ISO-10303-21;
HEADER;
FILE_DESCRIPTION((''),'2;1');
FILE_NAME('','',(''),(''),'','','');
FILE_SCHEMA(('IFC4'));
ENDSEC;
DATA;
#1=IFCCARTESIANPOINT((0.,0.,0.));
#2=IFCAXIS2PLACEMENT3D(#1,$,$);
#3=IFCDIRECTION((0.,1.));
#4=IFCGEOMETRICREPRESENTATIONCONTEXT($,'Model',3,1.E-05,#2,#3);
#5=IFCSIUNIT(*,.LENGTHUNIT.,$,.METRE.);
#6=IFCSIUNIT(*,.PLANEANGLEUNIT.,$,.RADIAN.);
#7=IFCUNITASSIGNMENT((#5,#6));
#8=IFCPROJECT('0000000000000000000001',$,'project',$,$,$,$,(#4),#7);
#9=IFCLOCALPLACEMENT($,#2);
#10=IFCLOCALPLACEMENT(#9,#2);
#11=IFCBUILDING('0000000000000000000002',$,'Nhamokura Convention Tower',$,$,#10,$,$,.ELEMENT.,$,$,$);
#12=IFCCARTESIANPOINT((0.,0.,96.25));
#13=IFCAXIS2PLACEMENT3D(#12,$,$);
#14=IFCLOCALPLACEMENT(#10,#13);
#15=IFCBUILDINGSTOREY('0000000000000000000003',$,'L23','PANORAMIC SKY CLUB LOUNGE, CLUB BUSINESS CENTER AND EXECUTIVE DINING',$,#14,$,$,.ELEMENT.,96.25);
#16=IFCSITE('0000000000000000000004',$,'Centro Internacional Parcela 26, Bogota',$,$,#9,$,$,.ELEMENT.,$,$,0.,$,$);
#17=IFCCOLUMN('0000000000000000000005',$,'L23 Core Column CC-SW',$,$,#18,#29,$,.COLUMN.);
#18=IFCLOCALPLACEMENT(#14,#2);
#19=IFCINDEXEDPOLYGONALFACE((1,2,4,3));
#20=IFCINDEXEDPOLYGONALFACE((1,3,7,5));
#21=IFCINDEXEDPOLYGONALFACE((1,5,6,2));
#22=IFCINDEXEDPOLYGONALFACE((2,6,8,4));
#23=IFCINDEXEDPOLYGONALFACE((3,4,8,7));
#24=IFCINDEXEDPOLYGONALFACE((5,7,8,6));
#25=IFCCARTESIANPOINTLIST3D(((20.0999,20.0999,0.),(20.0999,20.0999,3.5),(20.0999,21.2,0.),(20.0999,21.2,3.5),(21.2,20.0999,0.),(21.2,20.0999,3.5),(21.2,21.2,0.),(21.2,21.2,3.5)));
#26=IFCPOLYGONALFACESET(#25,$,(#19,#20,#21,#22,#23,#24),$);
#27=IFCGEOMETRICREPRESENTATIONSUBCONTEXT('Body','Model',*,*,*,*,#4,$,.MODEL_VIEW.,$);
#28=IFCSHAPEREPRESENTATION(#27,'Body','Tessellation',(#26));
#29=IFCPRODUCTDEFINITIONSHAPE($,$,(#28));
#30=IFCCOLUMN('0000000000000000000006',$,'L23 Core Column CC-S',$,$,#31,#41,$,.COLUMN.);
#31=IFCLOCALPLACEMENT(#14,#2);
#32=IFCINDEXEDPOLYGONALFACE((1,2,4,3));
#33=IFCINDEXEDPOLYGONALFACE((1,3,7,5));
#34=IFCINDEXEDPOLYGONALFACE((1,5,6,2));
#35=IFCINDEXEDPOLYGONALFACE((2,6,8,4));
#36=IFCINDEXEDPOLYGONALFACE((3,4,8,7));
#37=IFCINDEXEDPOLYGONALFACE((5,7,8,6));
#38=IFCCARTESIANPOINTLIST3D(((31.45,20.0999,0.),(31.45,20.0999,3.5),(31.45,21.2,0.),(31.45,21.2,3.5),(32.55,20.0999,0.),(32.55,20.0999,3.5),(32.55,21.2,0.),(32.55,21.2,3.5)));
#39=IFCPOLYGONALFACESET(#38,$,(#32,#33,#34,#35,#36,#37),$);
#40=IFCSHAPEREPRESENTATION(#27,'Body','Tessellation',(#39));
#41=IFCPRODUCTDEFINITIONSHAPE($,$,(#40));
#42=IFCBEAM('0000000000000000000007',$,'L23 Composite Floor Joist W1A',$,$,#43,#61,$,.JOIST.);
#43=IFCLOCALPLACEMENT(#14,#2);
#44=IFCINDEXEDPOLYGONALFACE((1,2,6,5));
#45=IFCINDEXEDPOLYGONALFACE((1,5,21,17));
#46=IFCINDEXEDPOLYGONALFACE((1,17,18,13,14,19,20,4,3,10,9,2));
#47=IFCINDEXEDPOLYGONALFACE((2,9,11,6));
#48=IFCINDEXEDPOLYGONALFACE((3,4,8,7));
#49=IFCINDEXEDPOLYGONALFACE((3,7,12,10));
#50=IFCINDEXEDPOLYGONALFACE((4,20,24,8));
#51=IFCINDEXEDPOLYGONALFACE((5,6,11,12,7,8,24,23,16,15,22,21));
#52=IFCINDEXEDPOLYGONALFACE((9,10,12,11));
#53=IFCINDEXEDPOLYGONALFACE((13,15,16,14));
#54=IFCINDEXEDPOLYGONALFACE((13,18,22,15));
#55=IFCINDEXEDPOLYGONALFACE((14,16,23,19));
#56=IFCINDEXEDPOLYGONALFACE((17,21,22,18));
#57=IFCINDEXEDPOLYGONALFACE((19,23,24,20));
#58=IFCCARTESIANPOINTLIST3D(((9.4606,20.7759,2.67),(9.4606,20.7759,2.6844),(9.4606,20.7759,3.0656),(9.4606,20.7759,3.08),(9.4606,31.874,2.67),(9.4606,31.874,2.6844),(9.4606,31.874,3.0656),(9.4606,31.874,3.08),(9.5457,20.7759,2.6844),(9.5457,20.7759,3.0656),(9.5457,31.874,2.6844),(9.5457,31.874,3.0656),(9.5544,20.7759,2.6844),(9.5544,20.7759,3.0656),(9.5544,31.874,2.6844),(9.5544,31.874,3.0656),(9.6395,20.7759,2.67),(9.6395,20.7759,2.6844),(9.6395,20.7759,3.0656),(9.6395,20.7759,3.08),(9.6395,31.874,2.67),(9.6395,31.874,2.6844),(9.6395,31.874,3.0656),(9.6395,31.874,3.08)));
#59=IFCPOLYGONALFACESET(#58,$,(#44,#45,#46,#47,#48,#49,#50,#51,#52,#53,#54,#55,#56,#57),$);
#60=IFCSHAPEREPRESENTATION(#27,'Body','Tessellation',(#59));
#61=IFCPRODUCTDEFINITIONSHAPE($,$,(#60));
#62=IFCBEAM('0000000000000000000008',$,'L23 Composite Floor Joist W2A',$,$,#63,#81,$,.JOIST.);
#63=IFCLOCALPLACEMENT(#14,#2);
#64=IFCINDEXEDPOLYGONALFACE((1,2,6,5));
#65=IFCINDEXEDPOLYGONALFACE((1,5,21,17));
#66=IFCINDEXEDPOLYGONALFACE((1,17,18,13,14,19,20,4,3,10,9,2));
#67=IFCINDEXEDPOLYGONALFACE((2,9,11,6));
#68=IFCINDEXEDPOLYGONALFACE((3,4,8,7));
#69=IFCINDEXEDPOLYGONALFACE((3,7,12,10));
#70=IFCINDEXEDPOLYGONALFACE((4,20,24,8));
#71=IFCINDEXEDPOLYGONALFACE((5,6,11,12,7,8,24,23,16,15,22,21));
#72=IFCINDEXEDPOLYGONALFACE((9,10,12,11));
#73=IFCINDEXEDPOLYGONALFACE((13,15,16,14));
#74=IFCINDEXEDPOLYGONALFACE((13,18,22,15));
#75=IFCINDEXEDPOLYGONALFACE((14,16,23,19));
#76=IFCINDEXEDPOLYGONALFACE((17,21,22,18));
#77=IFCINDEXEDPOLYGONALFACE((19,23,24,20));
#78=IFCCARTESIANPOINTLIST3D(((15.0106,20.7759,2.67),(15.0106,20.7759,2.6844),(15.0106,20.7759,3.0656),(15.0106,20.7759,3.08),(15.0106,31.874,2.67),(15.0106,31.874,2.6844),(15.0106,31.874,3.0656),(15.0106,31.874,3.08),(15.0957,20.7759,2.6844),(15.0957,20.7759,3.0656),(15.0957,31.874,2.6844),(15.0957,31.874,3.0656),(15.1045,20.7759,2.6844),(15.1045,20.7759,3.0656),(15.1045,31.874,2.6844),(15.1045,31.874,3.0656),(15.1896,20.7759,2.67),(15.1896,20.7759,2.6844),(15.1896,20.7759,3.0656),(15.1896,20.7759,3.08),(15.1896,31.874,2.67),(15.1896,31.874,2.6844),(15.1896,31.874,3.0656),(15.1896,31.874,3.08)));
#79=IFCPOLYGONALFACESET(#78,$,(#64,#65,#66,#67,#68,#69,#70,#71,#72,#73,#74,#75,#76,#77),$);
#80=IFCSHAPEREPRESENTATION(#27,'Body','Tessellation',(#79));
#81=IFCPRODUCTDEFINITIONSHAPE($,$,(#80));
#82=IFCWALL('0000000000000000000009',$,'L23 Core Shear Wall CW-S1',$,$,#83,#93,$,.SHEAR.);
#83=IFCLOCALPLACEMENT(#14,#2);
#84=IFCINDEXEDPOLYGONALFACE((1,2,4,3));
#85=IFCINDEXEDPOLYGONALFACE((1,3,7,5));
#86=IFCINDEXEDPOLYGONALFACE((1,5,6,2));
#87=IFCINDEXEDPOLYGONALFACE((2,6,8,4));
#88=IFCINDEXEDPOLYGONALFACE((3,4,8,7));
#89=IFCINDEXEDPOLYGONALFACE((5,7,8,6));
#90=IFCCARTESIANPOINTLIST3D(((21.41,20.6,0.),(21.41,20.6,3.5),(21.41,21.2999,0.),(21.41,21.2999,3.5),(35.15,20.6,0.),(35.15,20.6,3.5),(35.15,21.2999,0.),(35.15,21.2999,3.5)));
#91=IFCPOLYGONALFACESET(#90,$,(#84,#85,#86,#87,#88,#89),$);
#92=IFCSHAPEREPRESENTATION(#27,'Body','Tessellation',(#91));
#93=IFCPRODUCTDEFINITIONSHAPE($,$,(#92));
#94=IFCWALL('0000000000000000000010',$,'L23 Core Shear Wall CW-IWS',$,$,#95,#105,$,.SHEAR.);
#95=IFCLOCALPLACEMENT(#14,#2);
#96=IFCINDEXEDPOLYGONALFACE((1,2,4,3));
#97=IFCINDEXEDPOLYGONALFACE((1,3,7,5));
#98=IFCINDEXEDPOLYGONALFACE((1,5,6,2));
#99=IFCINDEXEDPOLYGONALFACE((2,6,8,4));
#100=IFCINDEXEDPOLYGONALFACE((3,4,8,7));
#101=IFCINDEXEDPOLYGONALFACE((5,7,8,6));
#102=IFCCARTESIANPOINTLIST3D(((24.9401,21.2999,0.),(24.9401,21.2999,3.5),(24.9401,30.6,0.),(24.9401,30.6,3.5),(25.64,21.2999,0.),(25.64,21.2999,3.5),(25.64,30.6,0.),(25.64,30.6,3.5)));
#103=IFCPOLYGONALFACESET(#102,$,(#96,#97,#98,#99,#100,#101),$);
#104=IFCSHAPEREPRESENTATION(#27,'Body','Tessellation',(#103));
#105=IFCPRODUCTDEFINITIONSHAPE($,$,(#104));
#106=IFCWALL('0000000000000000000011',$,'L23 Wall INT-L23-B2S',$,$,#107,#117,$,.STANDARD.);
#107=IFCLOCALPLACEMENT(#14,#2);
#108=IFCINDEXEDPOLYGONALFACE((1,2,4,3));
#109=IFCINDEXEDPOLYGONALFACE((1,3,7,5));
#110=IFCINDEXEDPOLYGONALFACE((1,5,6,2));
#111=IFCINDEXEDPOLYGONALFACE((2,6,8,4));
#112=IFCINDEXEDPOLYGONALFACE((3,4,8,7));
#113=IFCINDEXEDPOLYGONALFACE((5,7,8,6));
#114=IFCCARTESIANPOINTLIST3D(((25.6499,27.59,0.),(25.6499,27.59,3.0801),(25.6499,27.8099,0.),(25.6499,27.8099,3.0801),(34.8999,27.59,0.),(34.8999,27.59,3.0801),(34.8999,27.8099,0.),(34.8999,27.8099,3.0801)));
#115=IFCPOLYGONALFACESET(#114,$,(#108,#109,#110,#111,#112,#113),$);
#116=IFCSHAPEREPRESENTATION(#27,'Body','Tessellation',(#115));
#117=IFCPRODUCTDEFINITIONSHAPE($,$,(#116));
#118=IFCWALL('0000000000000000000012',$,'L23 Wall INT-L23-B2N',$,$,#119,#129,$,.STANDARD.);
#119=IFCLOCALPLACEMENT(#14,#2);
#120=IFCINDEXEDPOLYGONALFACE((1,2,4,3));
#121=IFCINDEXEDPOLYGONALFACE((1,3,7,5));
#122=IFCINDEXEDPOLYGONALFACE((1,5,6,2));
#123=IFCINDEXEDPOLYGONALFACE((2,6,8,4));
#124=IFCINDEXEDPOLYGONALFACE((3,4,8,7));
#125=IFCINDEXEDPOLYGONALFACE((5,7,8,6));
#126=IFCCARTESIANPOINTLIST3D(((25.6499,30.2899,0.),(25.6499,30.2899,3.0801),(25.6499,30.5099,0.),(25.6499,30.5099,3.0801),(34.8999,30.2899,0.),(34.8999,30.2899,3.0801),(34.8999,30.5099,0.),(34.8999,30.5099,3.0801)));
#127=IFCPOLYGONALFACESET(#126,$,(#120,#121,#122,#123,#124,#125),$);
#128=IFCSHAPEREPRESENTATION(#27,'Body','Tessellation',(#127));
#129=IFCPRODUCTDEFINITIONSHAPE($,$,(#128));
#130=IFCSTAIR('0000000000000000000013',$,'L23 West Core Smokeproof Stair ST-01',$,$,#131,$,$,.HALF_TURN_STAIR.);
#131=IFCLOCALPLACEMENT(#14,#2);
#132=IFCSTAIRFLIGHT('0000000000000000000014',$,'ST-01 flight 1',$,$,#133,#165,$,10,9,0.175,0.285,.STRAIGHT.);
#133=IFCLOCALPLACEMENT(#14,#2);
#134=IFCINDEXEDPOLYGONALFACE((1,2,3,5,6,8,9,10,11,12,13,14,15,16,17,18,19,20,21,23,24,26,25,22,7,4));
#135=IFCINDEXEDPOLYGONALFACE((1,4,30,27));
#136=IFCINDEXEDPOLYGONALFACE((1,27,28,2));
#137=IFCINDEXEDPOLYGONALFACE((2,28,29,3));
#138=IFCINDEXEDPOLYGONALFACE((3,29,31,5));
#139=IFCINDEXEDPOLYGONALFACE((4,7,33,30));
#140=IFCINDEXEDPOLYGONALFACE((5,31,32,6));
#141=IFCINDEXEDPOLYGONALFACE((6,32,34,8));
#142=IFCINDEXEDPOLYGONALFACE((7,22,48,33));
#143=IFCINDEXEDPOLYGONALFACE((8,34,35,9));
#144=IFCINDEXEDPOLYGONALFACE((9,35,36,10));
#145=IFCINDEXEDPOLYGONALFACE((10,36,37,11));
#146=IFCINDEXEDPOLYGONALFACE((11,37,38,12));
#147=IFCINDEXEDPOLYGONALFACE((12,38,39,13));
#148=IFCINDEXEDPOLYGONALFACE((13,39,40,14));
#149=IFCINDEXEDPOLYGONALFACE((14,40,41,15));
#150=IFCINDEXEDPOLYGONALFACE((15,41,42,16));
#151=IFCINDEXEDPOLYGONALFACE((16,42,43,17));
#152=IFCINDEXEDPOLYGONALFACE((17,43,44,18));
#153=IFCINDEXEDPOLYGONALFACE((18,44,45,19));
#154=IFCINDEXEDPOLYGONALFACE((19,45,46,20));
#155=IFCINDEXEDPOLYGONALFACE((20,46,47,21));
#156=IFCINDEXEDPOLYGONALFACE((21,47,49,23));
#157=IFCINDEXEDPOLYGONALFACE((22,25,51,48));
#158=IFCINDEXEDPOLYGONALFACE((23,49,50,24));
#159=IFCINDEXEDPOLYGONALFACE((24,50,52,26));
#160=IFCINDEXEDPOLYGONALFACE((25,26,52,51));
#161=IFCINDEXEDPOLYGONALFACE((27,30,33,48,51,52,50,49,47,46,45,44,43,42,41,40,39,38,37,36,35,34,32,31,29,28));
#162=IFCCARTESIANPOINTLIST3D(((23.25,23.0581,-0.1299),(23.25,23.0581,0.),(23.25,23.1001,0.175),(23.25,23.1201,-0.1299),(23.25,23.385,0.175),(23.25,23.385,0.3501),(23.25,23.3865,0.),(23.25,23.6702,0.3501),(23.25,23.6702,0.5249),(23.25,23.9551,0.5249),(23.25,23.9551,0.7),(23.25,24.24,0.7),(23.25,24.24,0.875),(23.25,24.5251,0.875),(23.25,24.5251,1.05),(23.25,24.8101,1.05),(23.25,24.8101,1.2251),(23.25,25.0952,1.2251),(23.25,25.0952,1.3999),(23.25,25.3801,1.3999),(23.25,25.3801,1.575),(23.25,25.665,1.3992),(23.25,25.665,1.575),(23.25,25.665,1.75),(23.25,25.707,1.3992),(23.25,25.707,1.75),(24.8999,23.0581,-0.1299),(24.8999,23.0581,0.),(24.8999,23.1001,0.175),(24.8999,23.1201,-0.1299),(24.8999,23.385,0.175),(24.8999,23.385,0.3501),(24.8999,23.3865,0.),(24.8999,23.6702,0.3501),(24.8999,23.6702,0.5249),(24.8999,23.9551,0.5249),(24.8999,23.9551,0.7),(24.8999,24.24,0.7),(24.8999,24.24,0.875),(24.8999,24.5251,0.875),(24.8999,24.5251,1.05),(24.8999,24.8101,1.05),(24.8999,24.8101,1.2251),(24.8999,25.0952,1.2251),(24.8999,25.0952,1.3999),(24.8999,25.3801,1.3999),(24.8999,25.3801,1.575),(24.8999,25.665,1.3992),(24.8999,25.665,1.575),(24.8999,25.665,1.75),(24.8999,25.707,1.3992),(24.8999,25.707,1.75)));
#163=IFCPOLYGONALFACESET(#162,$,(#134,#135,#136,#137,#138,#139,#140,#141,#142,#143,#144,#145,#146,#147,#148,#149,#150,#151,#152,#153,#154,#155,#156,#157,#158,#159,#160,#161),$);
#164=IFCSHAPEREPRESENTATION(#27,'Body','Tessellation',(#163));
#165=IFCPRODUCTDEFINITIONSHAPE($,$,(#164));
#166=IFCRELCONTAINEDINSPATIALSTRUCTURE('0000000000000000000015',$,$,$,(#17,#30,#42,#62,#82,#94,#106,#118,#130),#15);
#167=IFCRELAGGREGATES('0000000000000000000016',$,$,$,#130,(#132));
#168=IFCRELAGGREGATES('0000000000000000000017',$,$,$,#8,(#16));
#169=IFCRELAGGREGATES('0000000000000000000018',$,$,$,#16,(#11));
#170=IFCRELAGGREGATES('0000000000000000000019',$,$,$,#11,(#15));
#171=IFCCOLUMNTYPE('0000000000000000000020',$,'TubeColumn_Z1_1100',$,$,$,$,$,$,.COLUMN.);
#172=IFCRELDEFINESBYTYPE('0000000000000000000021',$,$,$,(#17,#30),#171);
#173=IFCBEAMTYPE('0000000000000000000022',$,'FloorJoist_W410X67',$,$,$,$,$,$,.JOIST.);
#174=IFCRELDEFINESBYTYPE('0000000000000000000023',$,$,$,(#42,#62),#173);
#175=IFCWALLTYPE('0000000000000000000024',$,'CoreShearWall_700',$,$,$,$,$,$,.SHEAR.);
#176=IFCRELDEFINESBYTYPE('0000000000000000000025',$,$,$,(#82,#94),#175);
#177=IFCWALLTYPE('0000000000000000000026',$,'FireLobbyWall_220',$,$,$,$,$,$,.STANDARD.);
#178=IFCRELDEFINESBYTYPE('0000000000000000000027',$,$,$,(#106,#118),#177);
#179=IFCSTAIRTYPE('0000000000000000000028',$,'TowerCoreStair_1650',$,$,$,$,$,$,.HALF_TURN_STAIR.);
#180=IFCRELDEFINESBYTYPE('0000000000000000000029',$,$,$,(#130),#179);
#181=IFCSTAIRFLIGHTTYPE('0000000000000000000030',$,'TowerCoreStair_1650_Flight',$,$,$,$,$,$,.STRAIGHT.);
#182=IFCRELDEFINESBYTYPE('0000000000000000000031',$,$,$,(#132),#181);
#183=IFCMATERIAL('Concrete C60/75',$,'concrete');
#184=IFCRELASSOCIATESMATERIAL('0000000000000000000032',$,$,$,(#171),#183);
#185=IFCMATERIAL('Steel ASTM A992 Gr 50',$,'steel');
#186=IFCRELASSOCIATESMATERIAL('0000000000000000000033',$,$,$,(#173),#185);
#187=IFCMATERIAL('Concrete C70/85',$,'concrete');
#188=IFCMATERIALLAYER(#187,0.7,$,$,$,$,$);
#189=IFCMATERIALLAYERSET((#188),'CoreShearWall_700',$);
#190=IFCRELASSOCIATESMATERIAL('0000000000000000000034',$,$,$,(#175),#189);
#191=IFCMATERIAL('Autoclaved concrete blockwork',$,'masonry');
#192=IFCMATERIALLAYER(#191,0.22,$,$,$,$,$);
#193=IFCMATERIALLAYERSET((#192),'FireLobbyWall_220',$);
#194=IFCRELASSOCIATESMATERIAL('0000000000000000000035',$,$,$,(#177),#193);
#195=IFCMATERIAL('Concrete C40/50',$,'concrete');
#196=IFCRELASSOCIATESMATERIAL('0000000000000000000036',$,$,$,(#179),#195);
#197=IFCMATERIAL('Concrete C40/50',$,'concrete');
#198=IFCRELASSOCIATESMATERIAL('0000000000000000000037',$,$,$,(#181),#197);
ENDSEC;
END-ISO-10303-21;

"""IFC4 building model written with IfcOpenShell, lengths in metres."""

from ifc_helpers import new_model, si_unit, direction, frame, frame_2d, origin, origin_2d, place, context, subcontext, project, spatial, polyline, rectangle, i_section, outline, extrude, material, layer, layer_set, material_profile, profile_set, type_object, element, aggregate, save


model = new_model("IFC4")

# Units and contexts
model_context = context("Model", 3, precision=1e-05, world=origin(), true_north=direction((0.0, 1.0)))
body_context = subcontext(model_context, "Body", "Model", "MODEL_VIEW")
ifc_project = project(units=[si_unit("LENGTHUNIT", "METRE"), si_unit("PLANEANGLEUNIT", "RADIAN")], contexts=[model_context])

# Site, building, storey
site_placement = place(None, origin())
site = spatial("IfcSite", under=ifc_project, at=site_placement, Name="Centro Internacional Parcela 26, Bogota", CompositionType="ELEMENT", RefElevation=0.0)
building_placement = place(site_placement, origin())
building = spatial("IfcBuilding", under=site, at=building_placement, Name="Nhamokura Convention Tower", CompositionType="ELEMENT")
storey_placement = place(building_placement, frame((0.0, 0.0, 96.25)))
storey = spatial("IfcBuildingStorey", under=building, at=storey_placement, Name="L23", Description="PANORAMIC SKY CLUB LOUNGE, CLUB BUSINESS CENTER AND EXECUTIVE DINING", CompositionType="ELEMENT", Elevation=96.25)

# Columns
ifc_material_1 = material(Name="Concrete C60/75", Category="concrete")
ifc_material_profile_1 = material_profile(ifc_material_1, rectangle(XDim=1.1001, YDim=1.1001, at=origin_2d()))
ifc_profile_set_1 = profile_set([ifc_material_profile_1], Name="Concrete C60/75")
column_type = type_object("IfcColumnType", Name="TubeColumn_Z1_1100", PredefinedType="COLUMN", material=ifc_profile_set_1)
for number, where, z_axis, x_axis, name in (
    (1, (20.6499, 20.6499, 0.0), (0.0, 0.0, 1.0), (1.0, 0.0, 0.0), "L23 Core Column CC-SW"),
    (2, (32.0, 20.6499, 0.0), (0.0, 0.0, 1.0), (1.0, 0.0, 0.0), "L23 Core Column CC-S"),
):
    element("IfcColumn", number, at=place(storey_placement, frame(where, z_axis=z_axis, x_axis=x_axis)), inside=storey, type_object=column_type, Name=name, PredefinedType="COLUMN", context=body_context, shape_type="SweptSolid", body=[
        extrude(rectangle(XDim=1.1001, YDim=1.1001, at=origin_2d()), origin(), (0.0, 0.0, 1.0), 3.5),
    ])

# Beams
ifc_material_2 = material(Name="Steel ASTM A992 Gr 50", Category="steel")
ifc_material_profile_2 = material_profile(ifc_material_2, i_section(OverallWidth=0.179, OverallDepth=0.4099, WebThickness=0.0088, FlangeThickness=0.0144, at=origin_2d()))
ifc_profile_set_2 = profile_set([ifc_material_profile_2], Name="Steel ASTM A992 Gr 50")
beam_type = type_object("IfcBeamType", Name="FloorJoist_W410X67", PredefinedType="JOIST", material=ifc_profile_set_2)
for number, where, z_axis, x_axis, name in (
    (3, (9.55, 20.7759, 2.875), (0.0, 1.0, 0.0), (-1.0, 0.0, 0.0), "L23 Composite Floor Joist W1A"),
    (4, (15.1001, 20.7759, 2.875), (0.0, 1.0, 0.0), (-1.0, 0.0, 0.0), "L23 Composite Floor Joist W2A"),
):
    element("IfcBeam", number, at=place(storey_placement, frame(where, z_axis=z_axis, x_axis=x_axis)), inside=storey, type_object=beam_type, Name=name, PredefinedType="JOIST", context=body_context, shape_type="SweptSolid", body=[
        extrude(i_section(OverallWidth=0.179, OverallDepth=0.4099, WebThickness=0.0088, FlangeThickness=0.0144, at=origin_2d()), origin(), (0.0, 0.0, 1.0), 11.0981),
    ])

# Walls
ifc_material_3 = material(Name="Concrete C70/85", Category="concrete")
ifc_layer_1 = layer(ifc_material_3, 0.7)
ifc_layer_set_1 = layer_set([ifc_layer_1], Name="CoreShearWall_700")
wall_type_1 = type_object("IfcWallType", Name="CoreShearWall_700", PredefinedType="SHEAR", material=ifc_layer_set_1)
wall_1_placement = place(storey_placement, frame((21.4099, 20.95, 0.0), z_axis=(0.0, 0.0, 1.0), x_axis=(1.0, 0.0, 0.0)))
element("IfcWall", 5, at=wall_1_placement, inside=storey, type_object=wall_type_1, Name="L23 Core Shear Wall CW-S1", PredefinedType="SHEAR", context=body_context, shape_type="SweptSolid", body=[
    extrude(rectangle(XDim=13.74, YDim=0.7, at=frame_2d((6.8701, 0.0))), origin(), (0.0, 0.0, 1.0), 3.5),
])
wall_2_placement = place(storey_placement, frame((25.29, 21.3, 0.0), z_axis=(0.0, 0.0, 1.0), x_axis=(0.0, 1.0, 0.0)))
element("IfcWall", 6, at=wall_2_placement, inside=storey, type_object=wall_type_1, Name="L23 Core Shear Wall CW-IWS", PredefinedType="SHEAR", context=body_context, shape_type="SweptSolid", body=[
    extrude(rectangle(XDim=9.3, YDim=0.7, at=frame_2d((4.6499, 0.0))), origin(), (0.0, 0.0, 1.0), 3.5),
])

# Shared definitions
ifc_material_4 = material(Name="Autoclaved concrete blockwork", Category="masonry")
ifc_layer_2 = layer(ifc_material_4, 0.22)
ifc_layer_set_2 = layer_set([ifc_layer_2], Name="FireLobbyWall_220")
wall_type_2 = type_object("IfcWallType", Name="FireLobbyWall_220", PredefinedType="STANDARD", material=ifc_layer_set_2)

# Walls
for number, where, z_axis, x_axis, name in (
    (7, (25.6499, 27.7, 0.0), (0.0, 0.0, 1.0), (1.0, 0.0, 0.0), "L23 Wall INT-L23-B2S"),
    (8, (25.6499, 30.3999, 0.0), (0.0, 0.0, 1.0), (1.0, 0.0, 0.0), "L23 Wall INT-L23-B2N"),
):
    element("IfcWall", number, at=place(storey_placement, frame(where, z_axis=z_axis, x_axis=x_axis)), inside=storey, type_object=wall_type_2, Name=name, PredefinedType="STANDARD", context=body_context, shape_type="SweptSolid", body=[
        extrude(rectangle(XDim=9.25, YDim=0.22, at=frame_2d((4.625, 0.0))), origin(), (0.0, 0.0, 1.0), 3.0801),
    ])

# Stair, stair flight
ifc_material_5 = material(Name="Concrete C40/50", Category="concrete")
stair_type = type_object("IfcStairType", Name="TowerCoreStair_1650", PredefinedType="HALF_TURN_STAIR", material=ifc_material_5)
stair_placement = place(storey_placement, origin())
stair = element("IfcStair", 9, at=stair_placement, inside=storey, type_object=stair_type, Name="L23 West Core Smokeproof Stair ST-01", PredefinedType="HALF_TURN_STAIR")
ifc_material_6 = material(Name="Concrete C40/50", Category="concrete")
stair_flight_type = type_object("IfcStairFlightType", Name="TowerCoreStair_1650_Flight", PredefinedType="STRAIGHT", material=ifc_material_6)
stair_flight_1_placement = place(storey_placement, frame((24.075, 23.1001, 0.0), z_axis=(0.0, 0.0, 1.0), x_axis=(0.0, 1.0, 0.0)))
stair_flight_1 = element("IfcStairFlight", 10, at=stair_flight_1_placement, type_object=stair_flight_type, Name="ST-01 flight 1", NumberOfRisers=10, NumberOfTreads=9, PredefinedType="STRAIGHT", RiserHeight=0.175, TreadLength=0.285, context=body_context, shape_type="SweptSolid", body=[
    extrude(outline(polyline([(-0.042, 0.0), (0.0, 0.175), (0.2849, 0.175), (0.2849, 0.3501), (0.5701, 0.3501), (0.5701, 0.5249), (0.855, 0.5249), (0.855, 0.7), (1.1399, 0.7), (1.1399, 0.875), (1.425, 0.875), (1.425, 1.05), (1.71, 1.05), (1.71, 1.2251), (1.9951, 1.2251), (1.9951, 1.3999), (2.28, 1.3999), (2.28, 1.575), (2.5649, 1.575), (2.5649, 1.75), (2.6069, 1.75), (2.6069, 1.3992), (2.5649, 1.3992), (0.2864, 0.0), (0.02, -0.1299), (-0.042, -0.1299), (-0.042, 0.0)])), frame((0.0, 0.825, 0.0), z_axis=(0.0, -1.0, 0.0), x_axis=(1.0, 0.0, 0.0)), (0.0, 0.0, 1.0), 1.6499),
])
aggregate(stair, [stair_flight_1])

save(model, "model.ifc")
